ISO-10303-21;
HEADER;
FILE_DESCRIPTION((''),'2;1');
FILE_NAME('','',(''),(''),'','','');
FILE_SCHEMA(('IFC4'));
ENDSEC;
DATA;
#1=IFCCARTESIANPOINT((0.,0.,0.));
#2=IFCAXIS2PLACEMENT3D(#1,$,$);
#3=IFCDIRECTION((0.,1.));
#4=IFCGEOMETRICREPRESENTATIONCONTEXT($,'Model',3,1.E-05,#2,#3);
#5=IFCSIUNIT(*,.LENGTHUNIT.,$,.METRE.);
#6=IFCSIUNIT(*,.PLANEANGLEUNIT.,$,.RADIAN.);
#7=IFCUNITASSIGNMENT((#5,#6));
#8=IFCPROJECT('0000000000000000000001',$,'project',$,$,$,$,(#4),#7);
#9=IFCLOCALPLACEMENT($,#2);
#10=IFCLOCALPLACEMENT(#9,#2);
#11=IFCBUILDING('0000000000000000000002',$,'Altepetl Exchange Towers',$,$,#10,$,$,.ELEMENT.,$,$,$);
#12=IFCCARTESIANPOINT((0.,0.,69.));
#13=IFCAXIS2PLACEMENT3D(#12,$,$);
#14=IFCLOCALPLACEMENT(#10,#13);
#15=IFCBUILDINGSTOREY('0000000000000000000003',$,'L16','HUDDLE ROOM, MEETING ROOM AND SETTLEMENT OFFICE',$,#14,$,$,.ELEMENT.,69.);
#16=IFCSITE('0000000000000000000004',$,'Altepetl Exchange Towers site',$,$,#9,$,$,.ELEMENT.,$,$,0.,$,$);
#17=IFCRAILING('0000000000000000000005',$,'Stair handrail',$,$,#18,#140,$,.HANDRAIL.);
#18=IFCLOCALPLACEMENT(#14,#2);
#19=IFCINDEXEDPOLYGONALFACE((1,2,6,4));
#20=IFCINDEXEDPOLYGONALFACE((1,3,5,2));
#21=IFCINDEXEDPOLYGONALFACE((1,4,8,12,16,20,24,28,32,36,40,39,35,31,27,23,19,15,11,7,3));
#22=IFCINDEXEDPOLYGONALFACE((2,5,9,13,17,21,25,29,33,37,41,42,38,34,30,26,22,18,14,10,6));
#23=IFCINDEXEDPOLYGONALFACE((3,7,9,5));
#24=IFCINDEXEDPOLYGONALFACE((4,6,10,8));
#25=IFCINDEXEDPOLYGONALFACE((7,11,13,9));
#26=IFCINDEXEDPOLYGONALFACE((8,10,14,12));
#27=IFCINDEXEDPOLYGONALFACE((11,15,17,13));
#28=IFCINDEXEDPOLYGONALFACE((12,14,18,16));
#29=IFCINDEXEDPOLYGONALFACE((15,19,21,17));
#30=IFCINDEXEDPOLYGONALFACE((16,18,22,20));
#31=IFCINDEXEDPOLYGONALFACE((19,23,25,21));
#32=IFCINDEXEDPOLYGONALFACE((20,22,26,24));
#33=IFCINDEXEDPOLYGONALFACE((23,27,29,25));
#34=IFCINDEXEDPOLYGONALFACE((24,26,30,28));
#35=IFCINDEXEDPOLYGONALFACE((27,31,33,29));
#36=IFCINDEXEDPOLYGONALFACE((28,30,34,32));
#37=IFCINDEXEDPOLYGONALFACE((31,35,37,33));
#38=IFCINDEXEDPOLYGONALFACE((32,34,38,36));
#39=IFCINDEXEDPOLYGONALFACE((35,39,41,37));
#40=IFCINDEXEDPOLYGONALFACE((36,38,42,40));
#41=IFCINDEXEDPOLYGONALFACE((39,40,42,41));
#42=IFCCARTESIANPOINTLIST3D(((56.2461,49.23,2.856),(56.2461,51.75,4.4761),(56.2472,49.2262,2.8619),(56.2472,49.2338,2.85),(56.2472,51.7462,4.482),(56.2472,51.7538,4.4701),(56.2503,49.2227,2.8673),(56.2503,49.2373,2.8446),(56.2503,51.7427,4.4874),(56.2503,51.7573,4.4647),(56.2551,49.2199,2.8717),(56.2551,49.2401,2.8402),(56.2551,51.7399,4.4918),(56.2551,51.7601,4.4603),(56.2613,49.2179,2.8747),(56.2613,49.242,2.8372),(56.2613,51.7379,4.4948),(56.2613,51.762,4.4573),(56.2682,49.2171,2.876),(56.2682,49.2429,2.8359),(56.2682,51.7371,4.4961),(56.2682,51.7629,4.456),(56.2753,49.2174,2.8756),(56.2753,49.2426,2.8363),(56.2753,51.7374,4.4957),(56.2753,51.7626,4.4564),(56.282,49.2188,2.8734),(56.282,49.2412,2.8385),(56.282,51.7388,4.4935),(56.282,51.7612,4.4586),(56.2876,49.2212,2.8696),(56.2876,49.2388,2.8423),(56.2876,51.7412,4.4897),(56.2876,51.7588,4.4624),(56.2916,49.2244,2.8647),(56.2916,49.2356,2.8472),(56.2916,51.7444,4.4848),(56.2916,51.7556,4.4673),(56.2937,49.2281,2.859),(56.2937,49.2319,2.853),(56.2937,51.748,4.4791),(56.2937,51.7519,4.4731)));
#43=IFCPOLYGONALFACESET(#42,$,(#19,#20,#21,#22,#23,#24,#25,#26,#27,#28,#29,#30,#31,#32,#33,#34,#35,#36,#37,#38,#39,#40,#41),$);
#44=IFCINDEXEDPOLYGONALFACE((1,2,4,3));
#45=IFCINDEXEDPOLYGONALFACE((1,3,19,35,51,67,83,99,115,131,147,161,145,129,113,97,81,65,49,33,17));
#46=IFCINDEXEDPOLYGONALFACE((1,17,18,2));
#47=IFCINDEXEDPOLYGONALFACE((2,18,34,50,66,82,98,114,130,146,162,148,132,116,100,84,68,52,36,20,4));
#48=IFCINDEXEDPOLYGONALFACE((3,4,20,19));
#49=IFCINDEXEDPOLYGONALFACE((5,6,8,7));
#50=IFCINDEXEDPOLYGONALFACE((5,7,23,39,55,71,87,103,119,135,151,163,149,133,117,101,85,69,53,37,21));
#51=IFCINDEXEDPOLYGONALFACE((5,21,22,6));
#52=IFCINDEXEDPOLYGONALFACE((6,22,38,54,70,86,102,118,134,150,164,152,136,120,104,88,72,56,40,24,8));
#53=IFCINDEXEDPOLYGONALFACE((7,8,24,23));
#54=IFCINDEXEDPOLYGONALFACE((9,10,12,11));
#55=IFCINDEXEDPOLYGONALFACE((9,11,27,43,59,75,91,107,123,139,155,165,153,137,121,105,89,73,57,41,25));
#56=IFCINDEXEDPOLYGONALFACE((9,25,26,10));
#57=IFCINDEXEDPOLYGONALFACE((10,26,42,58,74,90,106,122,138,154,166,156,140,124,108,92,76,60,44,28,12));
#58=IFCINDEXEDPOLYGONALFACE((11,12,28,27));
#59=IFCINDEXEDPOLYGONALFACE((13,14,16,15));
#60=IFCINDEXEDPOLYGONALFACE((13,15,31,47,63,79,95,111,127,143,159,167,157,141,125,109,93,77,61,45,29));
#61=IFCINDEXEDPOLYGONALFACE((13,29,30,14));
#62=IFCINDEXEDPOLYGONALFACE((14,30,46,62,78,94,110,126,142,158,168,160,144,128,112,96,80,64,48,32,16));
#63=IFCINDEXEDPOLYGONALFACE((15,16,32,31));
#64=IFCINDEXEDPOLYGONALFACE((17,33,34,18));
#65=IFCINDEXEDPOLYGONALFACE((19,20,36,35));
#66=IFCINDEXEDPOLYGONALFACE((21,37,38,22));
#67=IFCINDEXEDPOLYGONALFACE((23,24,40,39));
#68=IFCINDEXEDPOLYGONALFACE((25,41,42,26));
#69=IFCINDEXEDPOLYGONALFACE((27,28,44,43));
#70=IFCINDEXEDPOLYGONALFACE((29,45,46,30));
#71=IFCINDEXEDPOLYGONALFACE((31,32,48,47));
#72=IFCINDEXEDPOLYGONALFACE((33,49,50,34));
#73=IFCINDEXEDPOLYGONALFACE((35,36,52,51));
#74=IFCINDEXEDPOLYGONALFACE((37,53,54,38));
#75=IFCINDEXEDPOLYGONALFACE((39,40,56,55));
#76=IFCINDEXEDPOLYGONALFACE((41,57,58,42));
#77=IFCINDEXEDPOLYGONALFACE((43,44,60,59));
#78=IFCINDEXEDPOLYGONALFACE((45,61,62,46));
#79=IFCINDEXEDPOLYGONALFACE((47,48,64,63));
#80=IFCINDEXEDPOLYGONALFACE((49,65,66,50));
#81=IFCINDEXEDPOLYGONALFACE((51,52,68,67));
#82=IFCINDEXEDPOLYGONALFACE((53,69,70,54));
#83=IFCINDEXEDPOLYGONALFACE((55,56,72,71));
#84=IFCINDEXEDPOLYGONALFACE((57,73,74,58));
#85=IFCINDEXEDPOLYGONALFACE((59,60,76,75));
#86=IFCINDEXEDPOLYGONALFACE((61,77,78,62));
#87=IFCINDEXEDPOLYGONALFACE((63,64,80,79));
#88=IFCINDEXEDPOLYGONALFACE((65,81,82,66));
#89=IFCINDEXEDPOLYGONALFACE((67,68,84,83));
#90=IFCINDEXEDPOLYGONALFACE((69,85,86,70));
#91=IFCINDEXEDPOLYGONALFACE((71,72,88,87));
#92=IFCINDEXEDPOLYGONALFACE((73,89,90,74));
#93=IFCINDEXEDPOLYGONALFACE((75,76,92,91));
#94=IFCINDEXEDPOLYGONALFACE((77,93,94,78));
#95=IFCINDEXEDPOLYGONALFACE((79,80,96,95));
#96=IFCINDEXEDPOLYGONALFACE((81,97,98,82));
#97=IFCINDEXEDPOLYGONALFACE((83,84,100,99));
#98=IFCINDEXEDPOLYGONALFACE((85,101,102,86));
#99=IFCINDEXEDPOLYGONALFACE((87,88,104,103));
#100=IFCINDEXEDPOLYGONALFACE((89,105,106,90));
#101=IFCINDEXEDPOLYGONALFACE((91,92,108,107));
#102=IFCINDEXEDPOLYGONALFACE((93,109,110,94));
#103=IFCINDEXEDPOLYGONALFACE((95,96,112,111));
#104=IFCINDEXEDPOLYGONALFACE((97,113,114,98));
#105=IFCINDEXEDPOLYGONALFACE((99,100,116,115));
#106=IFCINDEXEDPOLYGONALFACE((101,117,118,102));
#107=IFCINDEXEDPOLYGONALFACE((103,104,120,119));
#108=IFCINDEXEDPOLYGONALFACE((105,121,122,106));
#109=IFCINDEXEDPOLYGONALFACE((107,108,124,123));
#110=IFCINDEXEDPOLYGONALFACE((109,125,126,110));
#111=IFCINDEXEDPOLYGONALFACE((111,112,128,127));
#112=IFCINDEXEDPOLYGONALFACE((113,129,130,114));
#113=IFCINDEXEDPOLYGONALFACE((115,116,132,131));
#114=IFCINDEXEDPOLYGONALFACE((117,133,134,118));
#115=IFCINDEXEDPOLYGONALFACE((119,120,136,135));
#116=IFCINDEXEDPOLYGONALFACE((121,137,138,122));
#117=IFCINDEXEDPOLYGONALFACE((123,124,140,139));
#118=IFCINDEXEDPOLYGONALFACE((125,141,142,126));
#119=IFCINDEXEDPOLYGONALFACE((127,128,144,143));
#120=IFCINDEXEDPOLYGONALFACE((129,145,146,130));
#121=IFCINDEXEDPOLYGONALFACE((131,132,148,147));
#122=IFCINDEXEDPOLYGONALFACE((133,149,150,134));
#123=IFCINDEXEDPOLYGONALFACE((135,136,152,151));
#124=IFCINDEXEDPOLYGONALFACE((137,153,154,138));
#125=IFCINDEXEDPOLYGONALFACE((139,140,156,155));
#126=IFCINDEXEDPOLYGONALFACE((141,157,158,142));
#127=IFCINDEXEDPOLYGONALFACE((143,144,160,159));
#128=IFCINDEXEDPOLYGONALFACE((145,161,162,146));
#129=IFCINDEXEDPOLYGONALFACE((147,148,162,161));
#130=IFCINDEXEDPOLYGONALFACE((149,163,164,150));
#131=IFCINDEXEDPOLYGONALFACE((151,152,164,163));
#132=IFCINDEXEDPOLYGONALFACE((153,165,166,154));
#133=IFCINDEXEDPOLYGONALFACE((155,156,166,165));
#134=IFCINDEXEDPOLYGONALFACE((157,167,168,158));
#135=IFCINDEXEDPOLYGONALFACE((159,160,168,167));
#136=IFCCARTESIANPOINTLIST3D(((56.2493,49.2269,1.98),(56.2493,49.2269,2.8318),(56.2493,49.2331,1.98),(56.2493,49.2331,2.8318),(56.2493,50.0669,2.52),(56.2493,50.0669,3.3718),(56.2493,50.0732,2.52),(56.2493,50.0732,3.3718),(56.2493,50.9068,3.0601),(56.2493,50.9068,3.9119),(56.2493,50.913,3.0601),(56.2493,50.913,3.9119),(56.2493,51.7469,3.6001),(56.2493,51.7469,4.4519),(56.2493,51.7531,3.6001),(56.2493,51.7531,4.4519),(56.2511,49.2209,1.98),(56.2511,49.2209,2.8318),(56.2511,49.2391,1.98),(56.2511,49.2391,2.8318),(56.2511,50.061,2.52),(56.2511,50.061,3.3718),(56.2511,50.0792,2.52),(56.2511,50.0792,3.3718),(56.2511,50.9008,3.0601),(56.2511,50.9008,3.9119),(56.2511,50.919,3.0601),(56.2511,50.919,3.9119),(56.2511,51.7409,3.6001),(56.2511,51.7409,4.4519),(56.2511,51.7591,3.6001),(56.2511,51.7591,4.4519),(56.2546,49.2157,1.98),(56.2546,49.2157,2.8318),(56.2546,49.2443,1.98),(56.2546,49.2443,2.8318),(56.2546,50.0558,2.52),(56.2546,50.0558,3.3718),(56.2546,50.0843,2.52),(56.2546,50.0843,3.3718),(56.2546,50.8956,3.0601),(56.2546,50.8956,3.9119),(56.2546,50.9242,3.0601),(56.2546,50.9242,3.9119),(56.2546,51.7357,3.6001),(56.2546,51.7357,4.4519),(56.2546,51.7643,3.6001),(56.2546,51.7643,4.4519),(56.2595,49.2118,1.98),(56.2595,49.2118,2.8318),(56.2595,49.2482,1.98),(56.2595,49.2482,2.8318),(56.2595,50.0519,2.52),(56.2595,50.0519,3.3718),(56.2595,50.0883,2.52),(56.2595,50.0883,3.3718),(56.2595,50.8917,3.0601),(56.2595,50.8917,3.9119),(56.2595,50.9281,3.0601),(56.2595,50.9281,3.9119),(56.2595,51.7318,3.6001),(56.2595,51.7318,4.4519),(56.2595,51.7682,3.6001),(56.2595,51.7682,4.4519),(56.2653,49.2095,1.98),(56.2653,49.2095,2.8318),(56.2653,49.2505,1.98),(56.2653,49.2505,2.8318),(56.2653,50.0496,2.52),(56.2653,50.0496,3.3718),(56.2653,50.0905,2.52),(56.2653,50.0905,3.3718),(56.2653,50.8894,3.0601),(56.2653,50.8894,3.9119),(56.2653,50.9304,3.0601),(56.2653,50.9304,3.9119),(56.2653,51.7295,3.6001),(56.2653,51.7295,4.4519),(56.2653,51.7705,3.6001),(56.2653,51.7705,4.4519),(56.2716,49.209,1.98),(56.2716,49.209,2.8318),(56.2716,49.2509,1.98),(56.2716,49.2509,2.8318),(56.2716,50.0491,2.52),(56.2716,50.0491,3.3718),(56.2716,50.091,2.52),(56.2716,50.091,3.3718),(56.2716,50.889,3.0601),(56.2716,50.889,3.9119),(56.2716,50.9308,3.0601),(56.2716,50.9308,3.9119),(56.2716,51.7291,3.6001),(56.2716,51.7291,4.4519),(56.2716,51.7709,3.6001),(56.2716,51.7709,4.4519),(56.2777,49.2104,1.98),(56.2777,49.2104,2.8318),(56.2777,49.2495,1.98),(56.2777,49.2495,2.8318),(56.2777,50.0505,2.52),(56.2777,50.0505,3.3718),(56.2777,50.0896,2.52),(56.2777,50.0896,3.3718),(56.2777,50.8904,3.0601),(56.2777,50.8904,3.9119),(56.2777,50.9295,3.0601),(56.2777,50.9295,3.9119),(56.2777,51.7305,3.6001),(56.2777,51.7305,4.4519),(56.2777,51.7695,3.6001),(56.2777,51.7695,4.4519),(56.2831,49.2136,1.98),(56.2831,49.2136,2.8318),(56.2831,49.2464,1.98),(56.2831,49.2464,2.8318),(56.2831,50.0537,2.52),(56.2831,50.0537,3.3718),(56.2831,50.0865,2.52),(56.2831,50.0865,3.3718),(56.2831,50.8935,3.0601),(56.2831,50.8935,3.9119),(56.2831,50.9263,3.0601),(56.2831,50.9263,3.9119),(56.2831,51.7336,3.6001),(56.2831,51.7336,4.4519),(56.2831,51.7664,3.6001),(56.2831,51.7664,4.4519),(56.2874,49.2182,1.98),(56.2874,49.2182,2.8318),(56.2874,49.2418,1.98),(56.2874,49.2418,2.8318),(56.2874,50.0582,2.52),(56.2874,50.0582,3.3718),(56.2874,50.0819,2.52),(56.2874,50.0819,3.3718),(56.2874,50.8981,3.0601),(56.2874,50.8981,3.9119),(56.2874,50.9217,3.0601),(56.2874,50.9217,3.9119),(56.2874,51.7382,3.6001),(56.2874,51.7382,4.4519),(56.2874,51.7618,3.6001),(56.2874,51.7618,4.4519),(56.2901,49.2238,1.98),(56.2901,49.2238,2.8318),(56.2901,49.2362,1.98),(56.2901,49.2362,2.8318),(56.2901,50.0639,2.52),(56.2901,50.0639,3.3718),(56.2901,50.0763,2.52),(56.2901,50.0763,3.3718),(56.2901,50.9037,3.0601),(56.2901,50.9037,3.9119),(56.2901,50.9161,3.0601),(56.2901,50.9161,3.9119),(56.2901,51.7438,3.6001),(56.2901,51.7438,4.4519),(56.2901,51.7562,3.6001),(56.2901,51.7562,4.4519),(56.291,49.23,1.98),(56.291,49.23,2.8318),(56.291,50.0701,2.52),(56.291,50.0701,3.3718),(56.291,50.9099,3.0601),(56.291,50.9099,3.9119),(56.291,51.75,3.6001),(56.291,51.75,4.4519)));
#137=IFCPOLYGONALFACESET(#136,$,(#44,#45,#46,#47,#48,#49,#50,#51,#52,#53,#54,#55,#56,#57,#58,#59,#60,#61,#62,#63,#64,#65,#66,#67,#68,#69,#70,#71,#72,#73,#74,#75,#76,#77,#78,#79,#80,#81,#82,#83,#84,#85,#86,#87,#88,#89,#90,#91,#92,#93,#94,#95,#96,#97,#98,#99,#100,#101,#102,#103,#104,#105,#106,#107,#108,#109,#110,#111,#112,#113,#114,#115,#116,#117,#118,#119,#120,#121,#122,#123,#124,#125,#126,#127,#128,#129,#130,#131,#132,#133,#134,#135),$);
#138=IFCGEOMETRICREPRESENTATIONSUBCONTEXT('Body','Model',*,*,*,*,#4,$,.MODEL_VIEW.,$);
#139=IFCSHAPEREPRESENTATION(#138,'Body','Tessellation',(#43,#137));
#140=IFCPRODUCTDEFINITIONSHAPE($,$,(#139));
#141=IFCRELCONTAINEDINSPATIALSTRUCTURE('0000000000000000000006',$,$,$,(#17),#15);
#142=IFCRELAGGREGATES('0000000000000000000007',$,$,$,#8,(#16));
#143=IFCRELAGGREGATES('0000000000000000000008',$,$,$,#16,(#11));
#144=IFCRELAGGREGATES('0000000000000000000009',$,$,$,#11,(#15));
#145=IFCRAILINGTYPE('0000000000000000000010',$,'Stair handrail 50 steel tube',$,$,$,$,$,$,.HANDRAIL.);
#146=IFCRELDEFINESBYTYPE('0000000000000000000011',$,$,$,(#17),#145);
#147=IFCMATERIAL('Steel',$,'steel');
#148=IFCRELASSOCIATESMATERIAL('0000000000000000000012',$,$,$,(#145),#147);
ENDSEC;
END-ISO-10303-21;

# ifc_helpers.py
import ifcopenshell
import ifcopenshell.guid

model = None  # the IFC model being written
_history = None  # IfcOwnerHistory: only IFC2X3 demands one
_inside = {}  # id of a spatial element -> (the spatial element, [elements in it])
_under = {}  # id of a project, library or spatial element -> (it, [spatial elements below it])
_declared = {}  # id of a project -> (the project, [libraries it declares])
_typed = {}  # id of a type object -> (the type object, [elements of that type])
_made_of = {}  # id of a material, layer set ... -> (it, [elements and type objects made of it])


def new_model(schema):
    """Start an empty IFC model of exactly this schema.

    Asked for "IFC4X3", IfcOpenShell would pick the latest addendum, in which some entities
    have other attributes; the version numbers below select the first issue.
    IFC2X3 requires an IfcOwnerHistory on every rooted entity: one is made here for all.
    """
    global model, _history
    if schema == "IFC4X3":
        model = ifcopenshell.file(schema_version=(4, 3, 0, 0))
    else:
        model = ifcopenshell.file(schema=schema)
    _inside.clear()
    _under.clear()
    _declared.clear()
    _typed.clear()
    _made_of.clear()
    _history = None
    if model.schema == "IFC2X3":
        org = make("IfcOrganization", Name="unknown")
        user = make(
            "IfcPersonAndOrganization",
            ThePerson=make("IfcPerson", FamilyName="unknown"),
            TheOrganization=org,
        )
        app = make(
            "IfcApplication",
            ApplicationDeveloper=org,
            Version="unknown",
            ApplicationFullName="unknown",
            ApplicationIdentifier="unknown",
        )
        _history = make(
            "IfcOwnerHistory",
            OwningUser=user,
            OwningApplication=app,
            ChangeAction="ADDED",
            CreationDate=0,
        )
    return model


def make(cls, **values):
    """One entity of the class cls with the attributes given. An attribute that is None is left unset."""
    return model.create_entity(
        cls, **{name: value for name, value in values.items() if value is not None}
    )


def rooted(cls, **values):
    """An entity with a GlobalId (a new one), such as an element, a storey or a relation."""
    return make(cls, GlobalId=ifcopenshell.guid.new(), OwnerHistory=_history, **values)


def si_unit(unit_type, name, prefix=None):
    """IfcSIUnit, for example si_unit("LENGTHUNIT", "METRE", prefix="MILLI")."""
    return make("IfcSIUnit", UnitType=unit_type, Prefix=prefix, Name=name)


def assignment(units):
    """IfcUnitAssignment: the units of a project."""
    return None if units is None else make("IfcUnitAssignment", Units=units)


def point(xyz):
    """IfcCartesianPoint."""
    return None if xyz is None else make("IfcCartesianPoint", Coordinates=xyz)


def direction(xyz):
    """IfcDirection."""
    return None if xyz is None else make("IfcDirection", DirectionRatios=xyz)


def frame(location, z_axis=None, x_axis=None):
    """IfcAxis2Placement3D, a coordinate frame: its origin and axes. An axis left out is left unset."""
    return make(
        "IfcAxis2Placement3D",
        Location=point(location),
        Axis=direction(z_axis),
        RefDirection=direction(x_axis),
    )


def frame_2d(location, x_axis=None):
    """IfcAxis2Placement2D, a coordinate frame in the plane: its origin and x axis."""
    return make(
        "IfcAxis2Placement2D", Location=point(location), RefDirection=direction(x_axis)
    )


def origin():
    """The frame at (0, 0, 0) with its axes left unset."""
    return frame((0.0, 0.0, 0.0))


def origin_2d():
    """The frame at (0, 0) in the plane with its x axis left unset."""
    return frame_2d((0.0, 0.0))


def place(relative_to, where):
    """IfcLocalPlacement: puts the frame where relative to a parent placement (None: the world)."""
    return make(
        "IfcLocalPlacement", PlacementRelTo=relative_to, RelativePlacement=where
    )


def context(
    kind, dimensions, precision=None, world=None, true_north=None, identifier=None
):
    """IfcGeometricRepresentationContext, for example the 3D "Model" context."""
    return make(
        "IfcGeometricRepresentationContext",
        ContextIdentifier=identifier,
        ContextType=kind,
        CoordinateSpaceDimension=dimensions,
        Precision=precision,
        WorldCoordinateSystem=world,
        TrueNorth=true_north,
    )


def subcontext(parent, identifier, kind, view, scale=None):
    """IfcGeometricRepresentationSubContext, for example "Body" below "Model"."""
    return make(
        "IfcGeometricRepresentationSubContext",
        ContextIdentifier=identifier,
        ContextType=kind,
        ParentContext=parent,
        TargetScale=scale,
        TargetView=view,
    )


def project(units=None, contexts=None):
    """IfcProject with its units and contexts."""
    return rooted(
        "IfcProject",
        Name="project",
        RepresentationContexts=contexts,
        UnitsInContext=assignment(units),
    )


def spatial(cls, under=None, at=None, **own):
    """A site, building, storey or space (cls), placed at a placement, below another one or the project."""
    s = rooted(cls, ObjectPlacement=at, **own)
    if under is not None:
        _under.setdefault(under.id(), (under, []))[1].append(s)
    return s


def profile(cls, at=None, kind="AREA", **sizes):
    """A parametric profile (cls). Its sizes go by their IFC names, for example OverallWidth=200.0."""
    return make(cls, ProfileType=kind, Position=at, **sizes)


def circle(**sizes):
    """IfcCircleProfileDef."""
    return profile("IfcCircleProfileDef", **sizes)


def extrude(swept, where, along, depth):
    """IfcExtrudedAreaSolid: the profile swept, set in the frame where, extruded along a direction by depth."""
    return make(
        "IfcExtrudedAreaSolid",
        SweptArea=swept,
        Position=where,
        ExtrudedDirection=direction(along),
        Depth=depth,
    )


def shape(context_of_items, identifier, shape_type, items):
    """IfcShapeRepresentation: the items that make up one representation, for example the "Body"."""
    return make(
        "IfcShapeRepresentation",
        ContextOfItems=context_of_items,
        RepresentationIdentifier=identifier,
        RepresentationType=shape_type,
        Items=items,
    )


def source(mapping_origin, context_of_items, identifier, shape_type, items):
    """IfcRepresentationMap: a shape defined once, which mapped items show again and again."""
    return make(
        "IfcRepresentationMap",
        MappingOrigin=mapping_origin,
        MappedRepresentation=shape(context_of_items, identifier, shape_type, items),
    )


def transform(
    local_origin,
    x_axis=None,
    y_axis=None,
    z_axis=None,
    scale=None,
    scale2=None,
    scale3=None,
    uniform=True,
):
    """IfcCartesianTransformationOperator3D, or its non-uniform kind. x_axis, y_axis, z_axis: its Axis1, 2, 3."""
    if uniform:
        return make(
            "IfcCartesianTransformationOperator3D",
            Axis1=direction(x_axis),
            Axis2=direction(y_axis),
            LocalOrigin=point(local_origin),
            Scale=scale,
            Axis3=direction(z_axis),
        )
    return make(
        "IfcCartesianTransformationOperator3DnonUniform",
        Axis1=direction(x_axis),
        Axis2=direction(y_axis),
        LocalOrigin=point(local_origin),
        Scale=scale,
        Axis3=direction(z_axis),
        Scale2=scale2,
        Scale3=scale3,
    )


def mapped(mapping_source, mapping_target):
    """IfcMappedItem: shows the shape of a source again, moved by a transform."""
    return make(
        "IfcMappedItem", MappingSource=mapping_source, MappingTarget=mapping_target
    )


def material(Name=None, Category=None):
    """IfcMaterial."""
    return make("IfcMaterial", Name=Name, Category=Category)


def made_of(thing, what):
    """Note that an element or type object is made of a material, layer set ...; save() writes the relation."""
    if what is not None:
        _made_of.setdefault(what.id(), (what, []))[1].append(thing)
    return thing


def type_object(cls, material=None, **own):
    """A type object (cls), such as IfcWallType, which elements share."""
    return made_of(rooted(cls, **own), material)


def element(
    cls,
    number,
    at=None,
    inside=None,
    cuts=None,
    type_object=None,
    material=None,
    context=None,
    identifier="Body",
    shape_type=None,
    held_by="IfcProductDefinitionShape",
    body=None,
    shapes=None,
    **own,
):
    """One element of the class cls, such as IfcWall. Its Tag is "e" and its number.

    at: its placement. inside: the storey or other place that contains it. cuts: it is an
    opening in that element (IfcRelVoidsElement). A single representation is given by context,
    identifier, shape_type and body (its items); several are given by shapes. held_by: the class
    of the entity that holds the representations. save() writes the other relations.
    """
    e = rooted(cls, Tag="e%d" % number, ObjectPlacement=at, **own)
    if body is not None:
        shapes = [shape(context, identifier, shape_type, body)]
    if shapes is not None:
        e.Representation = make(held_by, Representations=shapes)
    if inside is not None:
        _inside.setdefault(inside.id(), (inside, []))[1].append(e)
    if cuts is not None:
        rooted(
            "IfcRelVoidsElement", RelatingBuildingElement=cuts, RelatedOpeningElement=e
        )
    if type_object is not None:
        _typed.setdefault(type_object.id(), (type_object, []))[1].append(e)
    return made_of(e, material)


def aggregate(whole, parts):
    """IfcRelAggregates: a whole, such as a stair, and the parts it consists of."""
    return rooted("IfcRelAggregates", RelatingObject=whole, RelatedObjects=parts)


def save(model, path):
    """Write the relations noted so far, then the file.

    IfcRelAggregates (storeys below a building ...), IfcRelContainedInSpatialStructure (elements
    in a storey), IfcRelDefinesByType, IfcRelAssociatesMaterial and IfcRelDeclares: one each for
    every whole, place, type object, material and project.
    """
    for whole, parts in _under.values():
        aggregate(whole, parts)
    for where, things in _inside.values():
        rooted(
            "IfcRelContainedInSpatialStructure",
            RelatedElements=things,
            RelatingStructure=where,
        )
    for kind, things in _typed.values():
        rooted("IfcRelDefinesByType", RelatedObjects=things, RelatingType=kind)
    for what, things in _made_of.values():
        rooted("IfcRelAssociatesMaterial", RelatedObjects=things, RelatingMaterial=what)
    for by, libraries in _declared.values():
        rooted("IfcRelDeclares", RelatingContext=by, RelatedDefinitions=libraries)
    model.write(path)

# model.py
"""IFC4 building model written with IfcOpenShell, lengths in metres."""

from ifc_helpers import new_model, si_unit, direction, frame, origin, origin_2d, place, context, subcontext, project, spatial, circle, extrude, source, transform, mapped, material, type_object, element, save


model = new_model("IFC4")

# Units and contexts
model_context = context("Model", 3, precision=1e-05, world=origin(), true_north=direction((0.0, 1.0)))
body_context = subcontext(model_context, "Body", "Model", "MODEL_VIEW")
ifc_project = project(units=[si_unit("LENGTHUNIT", "METRE"), si_unit("PLANEANGLEUNIT", "RADIAN")], contexts=[model_context])

# Site, building, storey
site_placement = place(None, origin())
site = spatial("IfcSite", under=ifc_project, at=site_placement, Name="Altepetl Exchange Towers site", CompositionType="ELEMENT", RefElevation=0.0)
building_placement = place(site_placement, origin())
building = spatial("IfcBuilding", under=site, at=building_placement, Name="Altepetl Exchange Towers", CompositionType="ELEMENT")
storey_placement = place(building_placement, frame((0.0, 0.0, 69.0)))
storey = spatial("IfcBuildingStorey", under=building, at=storey_placement, Name="L16", Description="HUDDLE ROOM, MEETING ROOM AND SETTLEMENT OFFICE", CompositionType="ELEMENT", Elevation=69.0)

# Railing
ifc_material_1 = material(Name="Steel", Category="steel")
railing_type = type_object("IfcRailingType", Name="Stair handrail 50 steel tube", PredefinedType="HANDRAIL", material=ifc_material_1)
shared_shape = source(origin(), body_context, "Body", "SweptSolid", [
    extrude(circle(Radius=0.021, at=origin_2d()), origin(), (0.0, 0.0, 1.0), 0.8518),
])
railing_1_placement = place(storey_placement, frame((56.27, 49.23, 1.98)))
element("IfcRailing", 1, at=railing_1_placement, inside=storey, type_object=railing_type, Name="Stair handrail", PredefinedType="HANDRAIL", context=body_context, shape_type="SweptSolid", body=[
    extrude(circle(Radius=0.0239, at=origin_2d()), frame((0.0, 0.0, 0.876), z_axis=(0.0, 0.841163, 0.540782), x_axis=(-1.0, 0.0, 0.0)), (0.0, 0.0, 1.0), 2.9958),
    mapped(shared_shape, transform((0.0, 0.0, 0.0))),
    mapped(shared_shape, transform((0.0, 0.8401, 0.54))),
    mapped(shared_shape, transform((0.0, 1.6799, 1.0801))),
    mapped(shared_shape, transform((0.0, 2.52, 1.6201))),
])

save(model, "model.ifc")
